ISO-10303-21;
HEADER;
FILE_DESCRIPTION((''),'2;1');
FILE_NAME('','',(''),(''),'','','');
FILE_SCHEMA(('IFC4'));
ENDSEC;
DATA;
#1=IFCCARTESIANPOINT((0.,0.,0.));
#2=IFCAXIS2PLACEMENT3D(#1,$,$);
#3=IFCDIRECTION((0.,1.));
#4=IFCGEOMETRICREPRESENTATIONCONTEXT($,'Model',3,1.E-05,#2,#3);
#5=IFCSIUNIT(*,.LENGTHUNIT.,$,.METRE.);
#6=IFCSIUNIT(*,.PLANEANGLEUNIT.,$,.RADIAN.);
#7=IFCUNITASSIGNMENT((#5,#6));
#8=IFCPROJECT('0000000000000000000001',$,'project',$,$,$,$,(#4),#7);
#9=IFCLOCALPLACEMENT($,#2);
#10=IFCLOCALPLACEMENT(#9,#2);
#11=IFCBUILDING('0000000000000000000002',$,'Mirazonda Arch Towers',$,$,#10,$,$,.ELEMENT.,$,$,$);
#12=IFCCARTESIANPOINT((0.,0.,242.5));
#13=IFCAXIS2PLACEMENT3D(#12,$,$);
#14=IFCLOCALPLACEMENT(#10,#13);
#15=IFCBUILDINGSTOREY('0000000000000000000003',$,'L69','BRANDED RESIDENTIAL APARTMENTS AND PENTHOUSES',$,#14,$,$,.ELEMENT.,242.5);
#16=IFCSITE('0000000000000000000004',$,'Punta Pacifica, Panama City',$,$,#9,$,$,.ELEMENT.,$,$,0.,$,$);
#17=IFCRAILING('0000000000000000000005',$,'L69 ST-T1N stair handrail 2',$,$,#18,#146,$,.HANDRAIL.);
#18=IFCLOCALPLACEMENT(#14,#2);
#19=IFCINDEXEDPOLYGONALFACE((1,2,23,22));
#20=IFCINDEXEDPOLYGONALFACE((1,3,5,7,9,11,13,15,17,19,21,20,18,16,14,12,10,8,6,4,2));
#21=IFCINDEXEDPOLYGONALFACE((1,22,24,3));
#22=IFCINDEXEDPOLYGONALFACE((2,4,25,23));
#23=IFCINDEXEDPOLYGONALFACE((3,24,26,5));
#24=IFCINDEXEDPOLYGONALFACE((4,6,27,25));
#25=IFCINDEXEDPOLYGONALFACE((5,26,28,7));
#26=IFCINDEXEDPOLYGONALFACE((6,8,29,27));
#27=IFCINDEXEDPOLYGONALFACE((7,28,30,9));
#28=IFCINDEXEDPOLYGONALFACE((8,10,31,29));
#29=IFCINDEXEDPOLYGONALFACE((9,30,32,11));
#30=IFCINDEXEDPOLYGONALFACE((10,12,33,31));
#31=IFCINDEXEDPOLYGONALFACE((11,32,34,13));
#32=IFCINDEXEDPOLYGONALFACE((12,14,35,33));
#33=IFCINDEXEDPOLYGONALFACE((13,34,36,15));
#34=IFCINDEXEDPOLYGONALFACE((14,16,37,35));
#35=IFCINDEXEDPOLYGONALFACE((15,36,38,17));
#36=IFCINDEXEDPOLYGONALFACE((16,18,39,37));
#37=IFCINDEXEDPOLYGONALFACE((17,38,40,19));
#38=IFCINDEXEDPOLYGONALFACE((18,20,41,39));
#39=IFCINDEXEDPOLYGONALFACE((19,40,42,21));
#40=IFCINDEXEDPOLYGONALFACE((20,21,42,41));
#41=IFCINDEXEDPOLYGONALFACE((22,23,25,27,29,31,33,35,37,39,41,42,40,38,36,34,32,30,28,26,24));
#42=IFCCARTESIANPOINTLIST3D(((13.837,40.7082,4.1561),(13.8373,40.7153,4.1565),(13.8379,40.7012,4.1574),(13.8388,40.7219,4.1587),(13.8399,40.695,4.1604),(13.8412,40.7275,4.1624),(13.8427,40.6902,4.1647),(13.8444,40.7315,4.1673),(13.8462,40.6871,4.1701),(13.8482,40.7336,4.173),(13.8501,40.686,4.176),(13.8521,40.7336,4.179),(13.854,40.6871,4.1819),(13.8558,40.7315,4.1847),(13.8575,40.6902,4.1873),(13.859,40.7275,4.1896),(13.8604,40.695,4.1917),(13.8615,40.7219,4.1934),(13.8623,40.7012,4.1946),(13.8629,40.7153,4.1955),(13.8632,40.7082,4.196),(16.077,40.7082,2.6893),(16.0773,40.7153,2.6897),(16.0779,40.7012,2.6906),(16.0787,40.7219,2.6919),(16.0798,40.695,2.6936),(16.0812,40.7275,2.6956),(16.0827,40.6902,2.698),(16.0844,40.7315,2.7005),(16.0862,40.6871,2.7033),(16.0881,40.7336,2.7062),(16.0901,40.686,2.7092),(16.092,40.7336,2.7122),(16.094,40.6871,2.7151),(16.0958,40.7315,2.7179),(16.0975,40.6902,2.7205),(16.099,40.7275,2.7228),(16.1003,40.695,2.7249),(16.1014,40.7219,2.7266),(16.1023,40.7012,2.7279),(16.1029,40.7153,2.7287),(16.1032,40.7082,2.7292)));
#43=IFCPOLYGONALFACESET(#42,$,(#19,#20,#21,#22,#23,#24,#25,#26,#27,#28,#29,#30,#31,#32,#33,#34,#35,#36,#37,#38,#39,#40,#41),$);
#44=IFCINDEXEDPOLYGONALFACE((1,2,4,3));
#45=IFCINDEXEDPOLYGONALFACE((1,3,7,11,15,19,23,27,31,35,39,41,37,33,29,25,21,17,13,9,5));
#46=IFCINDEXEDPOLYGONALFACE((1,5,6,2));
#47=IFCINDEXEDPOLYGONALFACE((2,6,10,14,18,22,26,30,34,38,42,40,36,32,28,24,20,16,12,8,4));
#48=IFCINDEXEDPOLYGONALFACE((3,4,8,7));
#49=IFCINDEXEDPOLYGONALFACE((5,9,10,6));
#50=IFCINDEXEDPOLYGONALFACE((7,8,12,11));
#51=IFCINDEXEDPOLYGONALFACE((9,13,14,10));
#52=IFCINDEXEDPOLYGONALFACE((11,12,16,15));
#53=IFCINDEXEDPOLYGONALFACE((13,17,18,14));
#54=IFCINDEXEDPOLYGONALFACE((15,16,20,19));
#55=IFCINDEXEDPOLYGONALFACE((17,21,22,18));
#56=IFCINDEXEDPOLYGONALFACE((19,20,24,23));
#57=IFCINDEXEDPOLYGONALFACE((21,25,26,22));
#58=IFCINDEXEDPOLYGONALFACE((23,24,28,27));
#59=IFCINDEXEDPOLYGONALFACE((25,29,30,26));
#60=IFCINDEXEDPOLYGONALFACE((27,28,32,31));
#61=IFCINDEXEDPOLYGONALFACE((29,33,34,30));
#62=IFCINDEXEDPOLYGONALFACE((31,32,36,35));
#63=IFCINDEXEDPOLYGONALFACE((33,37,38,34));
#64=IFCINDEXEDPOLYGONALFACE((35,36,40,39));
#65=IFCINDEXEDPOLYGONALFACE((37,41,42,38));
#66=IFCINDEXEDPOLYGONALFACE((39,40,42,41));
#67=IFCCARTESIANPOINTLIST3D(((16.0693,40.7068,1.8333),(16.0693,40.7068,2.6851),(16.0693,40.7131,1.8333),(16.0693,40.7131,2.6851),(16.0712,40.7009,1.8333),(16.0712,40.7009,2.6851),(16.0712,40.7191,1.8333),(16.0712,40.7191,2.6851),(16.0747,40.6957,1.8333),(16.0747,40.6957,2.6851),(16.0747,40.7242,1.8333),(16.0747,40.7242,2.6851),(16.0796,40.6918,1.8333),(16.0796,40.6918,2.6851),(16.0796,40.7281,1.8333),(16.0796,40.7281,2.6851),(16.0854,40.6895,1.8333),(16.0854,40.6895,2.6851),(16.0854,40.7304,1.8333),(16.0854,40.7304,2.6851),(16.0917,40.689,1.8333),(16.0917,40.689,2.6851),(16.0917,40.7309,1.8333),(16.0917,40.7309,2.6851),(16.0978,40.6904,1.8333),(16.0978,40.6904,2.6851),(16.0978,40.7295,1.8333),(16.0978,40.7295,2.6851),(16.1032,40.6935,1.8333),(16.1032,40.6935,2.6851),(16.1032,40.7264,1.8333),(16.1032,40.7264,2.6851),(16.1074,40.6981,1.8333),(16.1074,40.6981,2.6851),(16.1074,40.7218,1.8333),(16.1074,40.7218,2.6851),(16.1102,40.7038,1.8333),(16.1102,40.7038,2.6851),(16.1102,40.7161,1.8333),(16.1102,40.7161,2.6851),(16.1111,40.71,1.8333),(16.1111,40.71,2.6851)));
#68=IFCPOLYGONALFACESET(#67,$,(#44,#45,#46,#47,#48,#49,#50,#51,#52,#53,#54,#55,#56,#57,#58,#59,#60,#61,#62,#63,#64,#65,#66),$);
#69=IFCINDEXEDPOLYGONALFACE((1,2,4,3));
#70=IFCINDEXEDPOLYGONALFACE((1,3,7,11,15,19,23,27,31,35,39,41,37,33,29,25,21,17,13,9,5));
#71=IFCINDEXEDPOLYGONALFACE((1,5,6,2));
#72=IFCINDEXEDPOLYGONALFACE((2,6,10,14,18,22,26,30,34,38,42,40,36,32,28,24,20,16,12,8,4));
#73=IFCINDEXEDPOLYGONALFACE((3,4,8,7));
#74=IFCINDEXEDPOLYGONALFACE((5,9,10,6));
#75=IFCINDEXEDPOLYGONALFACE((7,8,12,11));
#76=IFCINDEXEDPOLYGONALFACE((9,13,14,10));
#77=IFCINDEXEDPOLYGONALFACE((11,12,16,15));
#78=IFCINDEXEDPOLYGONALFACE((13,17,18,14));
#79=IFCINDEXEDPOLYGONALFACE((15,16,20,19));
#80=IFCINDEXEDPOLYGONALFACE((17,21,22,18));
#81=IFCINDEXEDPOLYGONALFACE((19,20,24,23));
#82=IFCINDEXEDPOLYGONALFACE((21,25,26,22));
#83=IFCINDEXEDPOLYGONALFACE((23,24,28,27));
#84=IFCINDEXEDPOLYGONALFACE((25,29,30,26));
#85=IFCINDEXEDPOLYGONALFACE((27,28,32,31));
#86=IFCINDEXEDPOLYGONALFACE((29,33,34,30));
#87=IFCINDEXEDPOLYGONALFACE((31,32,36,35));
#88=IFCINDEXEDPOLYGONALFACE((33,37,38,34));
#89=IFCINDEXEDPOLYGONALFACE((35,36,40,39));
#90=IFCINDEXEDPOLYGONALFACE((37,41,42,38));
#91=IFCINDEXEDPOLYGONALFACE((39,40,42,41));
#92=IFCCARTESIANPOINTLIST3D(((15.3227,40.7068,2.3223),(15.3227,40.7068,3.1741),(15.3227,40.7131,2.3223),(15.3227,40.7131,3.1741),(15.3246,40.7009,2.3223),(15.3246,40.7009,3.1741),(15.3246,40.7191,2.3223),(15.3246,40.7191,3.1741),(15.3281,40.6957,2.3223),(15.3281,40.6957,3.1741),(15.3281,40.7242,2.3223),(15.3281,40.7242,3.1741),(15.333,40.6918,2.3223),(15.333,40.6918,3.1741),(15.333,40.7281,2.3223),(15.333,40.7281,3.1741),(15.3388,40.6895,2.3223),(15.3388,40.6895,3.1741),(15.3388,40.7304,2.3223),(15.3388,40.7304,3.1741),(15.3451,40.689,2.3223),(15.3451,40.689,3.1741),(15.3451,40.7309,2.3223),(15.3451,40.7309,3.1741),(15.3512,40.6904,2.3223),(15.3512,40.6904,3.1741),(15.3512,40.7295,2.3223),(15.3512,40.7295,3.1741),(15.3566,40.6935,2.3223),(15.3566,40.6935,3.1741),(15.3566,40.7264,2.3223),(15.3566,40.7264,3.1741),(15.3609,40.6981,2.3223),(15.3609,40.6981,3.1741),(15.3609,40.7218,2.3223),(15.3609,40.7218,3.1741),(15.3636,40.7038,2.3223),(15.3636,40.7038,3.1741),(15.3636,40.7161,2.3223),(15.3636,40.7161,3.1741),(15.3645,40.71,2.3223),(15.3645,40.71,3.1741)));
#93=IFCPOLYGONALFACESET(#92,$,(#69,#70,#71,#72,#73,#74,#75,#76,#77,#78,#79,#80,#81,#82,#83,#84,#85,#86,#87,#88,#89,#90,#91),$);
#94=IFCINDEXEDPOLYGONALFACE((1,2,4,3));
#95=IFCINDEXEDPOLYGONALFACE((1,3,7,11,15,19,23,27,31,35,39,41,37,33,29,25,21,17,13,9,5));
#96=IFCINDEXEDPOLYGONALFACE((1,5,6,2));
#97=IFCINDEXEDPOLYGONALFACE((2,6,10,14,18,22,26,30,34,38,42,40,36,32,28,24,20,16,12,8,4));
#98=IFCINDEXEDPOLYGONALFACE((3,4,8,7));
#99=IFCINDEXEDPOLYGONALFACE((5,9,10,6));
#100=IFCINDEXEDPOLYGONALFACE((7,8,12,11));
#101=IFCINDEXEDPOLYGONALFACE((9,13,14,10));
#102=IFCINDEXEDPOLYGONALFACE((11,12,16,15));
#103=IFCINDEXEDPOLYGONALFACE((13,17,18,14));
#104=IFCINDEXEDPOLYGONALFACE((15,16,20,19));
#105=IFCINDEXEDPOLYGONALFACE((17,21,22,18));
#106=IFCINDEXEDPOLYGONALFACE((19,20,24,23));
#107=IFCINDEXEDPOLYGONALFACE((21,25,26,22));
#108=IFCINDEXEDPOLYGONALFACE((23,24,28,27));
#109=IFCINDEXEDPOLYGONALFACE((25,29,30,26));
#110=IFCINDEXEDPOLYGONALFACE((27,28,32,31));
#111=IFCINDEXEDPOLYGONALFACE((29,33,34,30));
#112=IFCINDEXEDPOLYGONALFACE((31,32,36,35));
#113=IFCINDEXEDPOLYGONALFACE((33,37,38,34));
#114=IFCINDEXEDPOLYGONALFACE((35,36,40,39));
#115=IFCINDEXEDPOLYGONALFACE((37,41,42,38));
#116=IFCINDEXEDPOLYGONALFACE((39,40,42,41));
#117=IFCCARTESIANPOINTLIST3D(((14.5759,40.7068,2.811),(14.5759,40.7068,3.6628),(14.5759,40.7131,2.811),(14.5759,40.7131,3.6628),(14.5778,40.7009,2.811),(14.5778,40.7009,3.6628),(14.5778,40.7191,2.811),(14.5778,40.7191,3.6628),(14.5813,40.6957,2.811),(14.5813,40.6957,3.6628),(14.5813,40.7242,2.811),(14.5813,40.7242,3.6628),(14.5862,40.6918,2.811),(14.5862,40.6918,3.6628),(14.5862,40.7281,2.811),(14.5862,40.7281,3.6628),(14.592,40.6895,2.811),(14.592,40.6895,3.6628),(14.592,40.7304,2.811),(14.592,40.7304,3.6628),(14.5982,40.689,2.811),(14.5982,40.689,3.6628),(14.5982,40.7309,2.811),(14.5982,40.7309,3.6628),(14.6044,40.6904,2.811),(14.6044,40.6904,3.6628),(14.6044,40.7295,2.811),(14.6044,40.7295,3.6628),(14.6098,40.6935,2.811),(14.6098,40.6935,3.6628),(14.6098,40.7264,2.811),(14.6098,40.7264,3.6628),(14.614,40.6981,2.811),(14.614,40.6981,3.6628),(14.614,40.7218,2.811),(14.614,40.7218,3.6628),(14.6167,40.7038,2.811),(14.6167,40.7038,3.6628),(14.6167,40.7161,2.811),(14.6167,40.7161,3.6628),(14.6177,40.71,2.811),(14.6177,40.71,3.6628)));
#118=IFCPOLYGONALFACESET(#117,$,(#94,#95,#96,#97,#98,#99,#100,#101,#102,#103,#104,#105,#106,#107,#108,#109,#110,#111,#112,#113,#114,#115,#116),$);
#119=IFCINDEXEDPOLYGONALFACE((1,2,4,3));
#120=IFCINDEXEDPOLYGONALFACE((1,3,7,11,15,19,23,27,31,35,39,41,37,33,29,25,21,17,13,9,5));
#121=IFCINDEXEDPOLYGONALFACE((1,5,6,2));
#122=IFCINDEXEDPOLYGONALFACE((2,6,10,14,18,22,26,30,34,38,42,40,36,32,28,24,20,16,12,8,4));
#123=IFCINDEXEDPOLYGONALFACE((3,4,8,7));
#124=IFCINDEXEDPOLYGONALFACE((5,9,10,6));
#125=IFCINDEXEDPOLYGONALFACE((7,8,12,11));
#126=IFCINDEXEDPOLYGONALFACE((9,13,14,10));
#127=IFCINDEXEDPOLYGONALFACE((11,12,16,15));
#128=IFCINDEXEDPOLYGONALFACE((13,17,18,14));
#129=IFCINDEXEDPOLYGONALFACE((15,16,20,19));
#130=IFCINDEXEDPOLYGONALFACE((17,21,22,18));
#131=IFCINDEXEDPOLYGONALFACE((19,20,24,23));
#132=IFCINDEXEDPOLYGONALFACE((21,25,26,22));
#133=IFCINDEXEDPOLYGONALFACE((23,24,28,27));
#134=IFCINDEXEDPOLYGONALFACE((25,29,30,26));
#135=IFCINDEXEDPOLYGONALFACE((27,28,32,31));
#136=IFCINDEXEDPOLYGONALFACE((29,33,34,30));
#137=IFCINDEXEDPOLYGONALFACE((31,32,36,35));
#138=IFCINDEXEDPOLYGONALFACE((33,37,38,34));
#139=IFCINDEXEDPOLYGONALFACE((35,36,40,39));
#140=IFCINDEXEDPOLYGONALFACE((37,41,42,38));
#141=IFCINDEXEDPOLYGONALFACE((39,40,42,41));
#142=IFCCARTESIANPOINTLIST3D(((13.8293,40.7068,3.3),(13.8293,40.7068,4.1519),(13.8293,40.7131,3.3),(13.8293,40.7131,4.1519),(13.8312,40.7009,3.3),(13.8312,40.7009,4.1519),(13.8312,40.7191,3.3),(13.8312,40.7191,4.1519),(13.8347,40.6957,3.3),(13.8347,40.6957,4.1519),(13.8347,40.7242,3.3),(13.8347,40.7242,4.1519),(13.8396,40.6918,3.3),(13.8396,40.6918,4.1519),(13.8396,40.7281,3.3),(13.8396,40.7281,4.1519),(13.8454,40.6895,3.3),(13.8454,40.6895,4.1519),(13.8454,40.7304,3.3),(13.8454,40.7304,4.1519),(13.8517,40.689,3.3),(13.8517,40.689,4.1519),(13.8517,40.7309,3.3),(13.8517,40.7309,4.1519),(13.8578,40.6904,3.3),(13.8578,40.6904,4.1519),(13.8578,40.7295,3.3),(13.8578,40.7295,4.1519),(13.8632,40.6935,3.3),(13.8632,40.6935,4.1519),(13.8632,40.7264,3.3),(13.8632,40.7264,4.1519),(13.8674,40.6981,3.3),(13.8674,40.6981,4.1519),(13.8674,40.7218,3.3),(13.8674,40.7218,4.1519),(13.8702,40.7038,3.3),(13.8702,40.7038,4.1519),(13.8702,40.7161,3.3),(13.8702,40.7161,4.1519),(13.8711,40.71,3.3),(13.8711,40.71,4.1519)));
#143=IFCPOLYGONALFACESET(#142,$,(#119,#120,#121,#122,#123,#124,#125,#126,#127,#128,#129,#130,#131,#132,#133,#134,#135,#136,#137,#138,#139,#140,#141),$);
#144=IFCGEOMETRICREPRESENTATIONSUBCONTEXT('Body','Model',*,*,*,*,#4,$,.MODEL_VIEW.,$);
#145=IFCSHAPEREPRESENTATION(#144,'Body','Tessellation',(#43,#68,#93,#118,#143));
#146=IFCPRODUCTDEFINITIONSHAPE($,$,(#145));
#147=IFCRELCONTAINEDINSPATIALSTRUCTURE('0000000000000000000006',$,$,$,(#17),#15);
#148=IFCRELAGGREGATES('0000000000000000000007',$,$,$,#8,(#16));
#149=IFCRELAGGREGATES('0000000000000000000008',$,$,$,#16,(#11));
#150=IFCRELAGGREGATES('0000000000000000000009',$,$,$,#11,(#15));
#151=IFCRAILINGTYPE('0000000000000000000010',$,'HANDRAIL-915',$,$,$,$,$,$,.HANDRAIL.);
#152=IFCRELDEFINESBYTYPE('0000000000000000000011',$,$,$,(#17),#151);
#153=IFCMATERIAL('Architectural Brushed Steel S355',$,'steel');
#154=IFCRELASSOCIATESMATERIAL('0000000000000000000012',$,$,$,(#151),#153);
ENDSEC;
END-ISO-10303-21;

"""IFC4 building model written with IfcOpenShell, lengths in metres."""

from ifc_helpers import new_model, si_unit, direction, frame, origin, origin_2d, place, context, subcontext, project, spatial, circle, extrude, material, type_object, element, save


model = new_model("IFC4")

# Units and contexts
model_context = context("Model", 3, precision=1e-05, world=origin(), true_north=direction((0.0, 1.0)))
body_context = subcontext(model_context, "Body", "Model", "MODEL_VIEW")
ifc_project = project(units=[si_unit("LENGTHUNIT", "METRE"), si_unit("PLANEANGLEUNIT", "RADIAN")], contexts=[model_context])

# Site, building, storey
site_placement = place(None, origin())
site = spatial("IfcSite", under=ifc_project, at=site_placement, Name="Punta Pacifica, Panama City", CompositionType="ELEMENT", RefElevation=0.0)
building_placement = place(site_placement, origin())
building = spatial("IfcBuilding", under=site, at=building_placement, Name="Mirazonda Arch Towers", CompositionType="ELEMENT")
storey_placement = place(building_placement, frame((0.0, 0.0, 242.5)))
storey = spatial("IfcBuildingStorey", under=building, at=storey_placement, Name="L69", Description="BRANDED RESIDENTIAL APARTMENTS AND PENTHOUSES", CompositionType="ELEMENT", Elevation=242.5)

# Railing
ifc_material_1 = material(Name="Architectural Brushed Steel S355", Category="steel")
railing_type_1 = type_object("IfcRailingType", Name="HANDRAIL-915", PredefinedType="HANDRAIL", material=ifc_material_1)
railing_1_placement = place(storey_placement, frame((16.0901, 40.71, 1.8333)))
element("IfcRailing", 1, at=railing_1_placement, inside=storey, type_object=railing_type_1, Name="L69 ST-T1N stair handrail 2", PredefinedType="HANDRAIL", context=body_context, shape_type="SweptSolid", body=[
    extrude(circle(Radius=0.0239, at=origin_2d()), frame((0.0, 0.0, 0.876), z_axis=(-0.836595, 0.0, 0.547822), x_axis=(0.0, -1.0, 0.0)), (0.0, 0.0, 1.0), 2.6775),
    extrude(circle(Radius=0.021, at=origin_2d()), origin(), (0.0, 0.0, 1.0), 0.8518),
    extrude(circle(Radius=0.021, at=origin_2d()), frame((-0.7466, 0.0, 0.489)), (0.0, 0.0, 1.0), 0.8518),
    extrude(circle(Radius=0.021, at=origin_2d()), frame((-1.4934, 0.0, 0.9778)), (0.0, 0.0, 1.0), 0.8518),
    extrude(circle(Radius=0.021, at=origin_2d()), frame((-2.24, 0.0, 1.4668)), (0.0, 0.0, 1.0), 0.8518),
])

save(model, "model.ifc")
